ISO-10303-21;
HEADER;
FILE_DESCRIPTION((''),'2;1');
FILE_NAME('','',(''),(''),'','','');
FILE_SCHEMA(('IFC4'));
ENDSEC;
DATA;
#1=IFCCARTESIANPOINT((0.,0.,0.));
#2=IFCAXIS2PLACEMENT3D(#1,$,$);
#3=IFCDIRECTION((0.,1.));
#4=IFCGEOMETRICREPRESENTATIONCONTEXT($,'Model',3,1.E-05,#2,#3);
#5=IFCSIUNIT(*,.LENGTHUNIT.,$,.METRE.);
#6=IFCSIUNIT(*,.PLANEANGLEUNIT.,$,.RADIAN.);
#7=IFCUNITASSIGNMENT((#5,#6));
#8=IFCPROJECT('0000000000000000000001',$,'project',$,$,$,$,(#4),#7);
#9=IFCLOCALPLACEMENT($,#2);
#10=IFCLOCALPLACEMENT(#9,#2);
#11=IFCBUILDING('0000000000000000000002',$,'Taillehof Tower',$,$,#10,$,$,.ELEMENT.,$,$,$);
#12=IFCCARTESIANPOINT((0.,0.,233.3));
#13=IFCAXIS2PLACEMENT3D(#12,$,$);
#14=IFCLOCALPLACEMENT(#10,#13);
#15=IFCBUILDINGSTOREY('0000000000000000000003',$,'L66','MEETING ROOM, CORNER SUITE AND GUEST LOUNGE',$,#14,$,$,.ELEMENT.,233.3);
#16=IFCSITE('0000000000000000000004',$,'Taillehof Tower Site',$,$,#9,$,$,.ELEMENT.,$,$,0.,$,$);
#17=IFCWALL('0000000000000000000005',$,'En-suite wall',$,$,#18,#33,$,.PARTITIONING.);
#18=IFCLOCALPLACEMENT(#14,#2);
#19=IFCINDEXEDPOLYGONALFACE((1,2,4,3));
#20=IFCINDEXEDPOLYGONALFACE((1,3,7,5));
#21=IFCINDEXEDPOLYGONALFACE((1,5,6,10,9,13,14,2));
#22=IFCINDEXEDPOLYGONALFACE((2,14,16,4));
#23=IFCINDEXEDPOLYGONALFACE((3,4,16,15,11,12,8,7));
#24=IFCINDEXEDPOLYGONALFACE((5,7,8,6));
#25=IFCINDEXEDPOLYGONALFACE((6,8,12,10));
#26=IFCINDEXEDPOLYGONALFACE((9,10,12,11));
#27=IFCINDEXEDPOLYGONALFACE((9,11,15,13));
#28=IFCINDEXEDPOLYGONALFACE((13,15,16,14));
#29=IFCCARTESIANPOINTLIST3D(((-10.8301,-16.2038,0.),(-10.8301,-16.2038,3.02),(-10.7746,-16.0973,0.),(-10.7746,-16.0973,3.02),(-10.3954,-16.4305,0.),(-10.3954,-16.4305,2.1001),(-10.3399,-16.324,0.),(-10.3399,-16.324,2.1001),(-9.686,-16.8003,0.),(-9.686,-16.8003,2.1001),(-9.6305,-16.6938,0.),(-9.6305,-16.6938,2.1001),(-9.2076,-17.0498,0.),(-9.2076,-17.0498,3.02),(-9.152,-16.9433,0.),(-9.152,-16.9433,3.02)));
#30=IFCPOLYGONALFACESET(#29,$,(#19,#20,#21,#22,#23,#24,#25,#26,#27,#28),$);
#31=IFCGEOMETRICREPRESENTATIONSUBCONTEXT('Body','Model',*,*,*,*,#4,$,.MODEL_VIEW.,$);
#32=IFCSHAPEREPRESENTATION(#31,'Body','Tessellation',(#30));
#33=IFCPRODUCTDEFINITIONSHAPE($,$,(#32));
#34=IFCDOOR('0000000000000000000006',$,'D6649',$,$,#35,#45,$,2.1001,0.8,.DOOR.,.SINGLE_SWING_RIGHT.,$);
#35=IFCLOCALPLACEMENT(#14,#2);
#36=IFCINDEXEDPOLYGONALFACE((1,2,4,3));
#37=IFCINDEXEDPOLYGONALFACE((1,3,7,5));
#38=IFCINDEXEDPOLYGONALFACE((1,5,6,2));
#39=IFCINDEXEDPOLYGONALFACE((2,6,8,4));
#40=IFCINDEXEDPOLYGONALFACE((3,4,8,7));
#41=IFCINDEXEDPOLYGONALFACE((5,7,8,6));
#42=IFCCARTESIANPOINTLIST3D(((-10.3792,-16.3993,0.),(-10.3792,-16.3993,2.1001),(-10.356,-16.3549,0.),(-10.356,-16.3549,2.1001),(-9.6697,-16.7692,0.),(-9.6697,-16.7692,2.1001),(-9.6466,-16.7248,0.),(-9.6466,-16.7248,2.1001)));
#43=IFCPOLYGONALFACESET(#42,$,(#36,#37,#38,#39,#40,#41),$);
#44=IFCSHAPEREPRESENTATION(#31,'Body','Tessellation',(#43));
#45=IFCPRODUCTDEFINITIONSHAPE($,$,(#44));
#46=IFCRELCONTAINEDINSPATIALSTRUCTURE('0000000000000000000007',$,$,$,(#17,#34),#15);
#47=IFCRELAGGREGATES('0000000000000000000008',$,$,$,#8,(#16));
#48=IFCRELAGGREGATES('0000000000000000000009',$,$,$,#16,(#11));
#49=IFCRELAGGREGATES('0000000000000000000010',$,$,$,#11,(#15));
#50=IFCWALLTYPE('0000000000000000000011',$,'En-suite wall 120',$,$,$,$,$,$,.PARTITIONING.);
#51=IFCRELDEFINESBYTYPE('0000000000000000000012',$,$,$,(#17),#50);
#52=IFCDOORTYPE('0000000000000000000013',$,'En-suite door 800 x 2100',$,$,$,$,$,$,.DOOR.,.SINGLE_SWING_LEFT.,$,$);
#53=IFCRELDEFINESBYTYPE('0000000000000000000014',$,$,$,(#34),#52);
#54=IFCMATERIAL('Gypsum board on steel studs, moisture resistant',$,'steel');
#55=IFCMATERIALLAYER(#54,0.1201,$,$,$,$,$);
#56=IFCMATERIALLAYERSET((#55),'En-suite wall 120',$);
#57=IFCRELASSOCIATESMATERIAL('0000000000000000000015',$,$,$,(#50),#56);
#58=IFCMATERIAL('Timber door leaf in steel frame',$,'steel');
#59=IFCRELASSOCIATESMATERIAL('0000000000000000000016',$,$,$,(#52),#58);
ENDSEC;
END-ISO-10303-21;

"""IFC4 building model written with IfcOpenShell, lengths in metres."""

from ifc_helpers import new_model, si_unit, direction, frame, frame_2d, origin, place, context, subcontext, project, spatial, rectangle, extrude, material, layer, layer_set, type_object, element, fill, save


model = new_model("IFC4")

# Units and contexts
model_context = context("Model", 3, precision=1e-05, world=origin(), true_north=direction((0.0, 1.0)))
body_context = subcontext(model_context, "Body", "Model", "MODEL_VIEW")
ifc_project = project(units=[si_unit("LENGTHUNIT", "METRE"), si_unit("PLANEANGLEUNIT", "RADIAN")], contexts=[model_context])

# Site, building, storey
site_placement = place(None, origin())
site = spatial("IfcSite", under=ifc_project, at=site_placement, Name="Taillehof Tower Site", CompositionType="ELEMENT", RefElevation=0.0)
building_placement = place(site_placement, origin())
building = spatial("IfcBuilding", under=site, at=building_placement, Name="Taillehof Tower", CompositionType="ELEMENT")
storey_placement = place(building_placement, frame((0.0, 0.0, 233.3)))
storey = spatial("IfcBuildingStorey", under=building, at=storey_placement, Name="L66", Description="MEETING ROOM, CORNER SUITE AND GUEST LOUNGE", CompositionType="ELEMENT", Elevation=233.3)

# Shared definitions
ifc_material_1 = material(Name="Gypsum board on steel studs, moisture resistant", Category="steel")
ifc_layer_1 = layer(ifc_material_1, 0.1201)
ifc_layer_set_1 = layer_set([ifc_layer_1], Name="En-suite wall 120")
wall_type_1 = type_object("IfcWallType", Name="En-suite wall 120", PredefinedType="PARTITIONING", material=ifc_layer_set_1)

# Wall, opening, door
wall_1_placement = place(storey_placement, frame((-9.1797, -16.9966, 0.0), z_axis=(0.0, 0.0, 1.0), x_axis=(-0.88672, 0.462306, 0.0)))
wall_1 = element("IfcWall", 1, at=wall_1_placement, inside=storey, type_object=wall_type_1, Name="En-suite wall", PredefinedType="PARTITIONING", context=body_context, shape_type="SweptSolid", body=[
    extrude(rectangle(XDim=1.8298, YDim=0.1201, at=frame_2d((0.915, 0.0))), origin(), (0.0, 0.0, 1.0), 3.02),
])
opening_1_placement = place(wall_1_placement, frame((0.5398, 0.0, 0.0)))
opening_1 = element("IfcOpeningElement", 2, at=opening_1_placement, cuts=wall_1, PredefinedType="OPENING", context=body_context, shape_type="SweptSolid", body=[
    extrude(rectangle(XDim=0.8, YDim=2.1001, at=frame_2d((0.3999, 1.05))), frame((0.0, 0.0701, 0.0), z_axis=(0.0, -1.0, 0.0), x_axis=(1.0, 0.0, 0.0)), (0.0, 0.0, 1.0), 0.1401),
])
ifc_material_2 = material(Name="Timber door leaf in steel frame", Category="steel")
door_type = type_object("IfcDoorType", Name="En-suite door 800 x 2100", OperationType="SINGLE_SWING_LEFT", PredefinedType="DOOR", material=ifc_material_2)
door_placement = place(opening_1_placement, origin())
door = element("IfcDoor", 3, at=door_placement, inside=storey, type_object=door_type, Name="D6649", OperationType="SINGLE_SWING_RIGHT", OverallHeight=2.1001, OverallWidth=0.8, PredefinedType="DOOR", context=body_context, shape_type="SweptSolid", body=[
    extrude(rectangle(XDim=0.8, YDim=2.1001, at=frame_2d((0.3999, 1.05))), frame((0.0, 0.0249, 0.0), z_axis=(0.0, -1.0, 0.0), x_axis=(1.0, 0.0, 0.0)), (0.0, 0.0, 1.0), 0.05),
])
fill(opening_1, door)

save(model, "model.ifc")
